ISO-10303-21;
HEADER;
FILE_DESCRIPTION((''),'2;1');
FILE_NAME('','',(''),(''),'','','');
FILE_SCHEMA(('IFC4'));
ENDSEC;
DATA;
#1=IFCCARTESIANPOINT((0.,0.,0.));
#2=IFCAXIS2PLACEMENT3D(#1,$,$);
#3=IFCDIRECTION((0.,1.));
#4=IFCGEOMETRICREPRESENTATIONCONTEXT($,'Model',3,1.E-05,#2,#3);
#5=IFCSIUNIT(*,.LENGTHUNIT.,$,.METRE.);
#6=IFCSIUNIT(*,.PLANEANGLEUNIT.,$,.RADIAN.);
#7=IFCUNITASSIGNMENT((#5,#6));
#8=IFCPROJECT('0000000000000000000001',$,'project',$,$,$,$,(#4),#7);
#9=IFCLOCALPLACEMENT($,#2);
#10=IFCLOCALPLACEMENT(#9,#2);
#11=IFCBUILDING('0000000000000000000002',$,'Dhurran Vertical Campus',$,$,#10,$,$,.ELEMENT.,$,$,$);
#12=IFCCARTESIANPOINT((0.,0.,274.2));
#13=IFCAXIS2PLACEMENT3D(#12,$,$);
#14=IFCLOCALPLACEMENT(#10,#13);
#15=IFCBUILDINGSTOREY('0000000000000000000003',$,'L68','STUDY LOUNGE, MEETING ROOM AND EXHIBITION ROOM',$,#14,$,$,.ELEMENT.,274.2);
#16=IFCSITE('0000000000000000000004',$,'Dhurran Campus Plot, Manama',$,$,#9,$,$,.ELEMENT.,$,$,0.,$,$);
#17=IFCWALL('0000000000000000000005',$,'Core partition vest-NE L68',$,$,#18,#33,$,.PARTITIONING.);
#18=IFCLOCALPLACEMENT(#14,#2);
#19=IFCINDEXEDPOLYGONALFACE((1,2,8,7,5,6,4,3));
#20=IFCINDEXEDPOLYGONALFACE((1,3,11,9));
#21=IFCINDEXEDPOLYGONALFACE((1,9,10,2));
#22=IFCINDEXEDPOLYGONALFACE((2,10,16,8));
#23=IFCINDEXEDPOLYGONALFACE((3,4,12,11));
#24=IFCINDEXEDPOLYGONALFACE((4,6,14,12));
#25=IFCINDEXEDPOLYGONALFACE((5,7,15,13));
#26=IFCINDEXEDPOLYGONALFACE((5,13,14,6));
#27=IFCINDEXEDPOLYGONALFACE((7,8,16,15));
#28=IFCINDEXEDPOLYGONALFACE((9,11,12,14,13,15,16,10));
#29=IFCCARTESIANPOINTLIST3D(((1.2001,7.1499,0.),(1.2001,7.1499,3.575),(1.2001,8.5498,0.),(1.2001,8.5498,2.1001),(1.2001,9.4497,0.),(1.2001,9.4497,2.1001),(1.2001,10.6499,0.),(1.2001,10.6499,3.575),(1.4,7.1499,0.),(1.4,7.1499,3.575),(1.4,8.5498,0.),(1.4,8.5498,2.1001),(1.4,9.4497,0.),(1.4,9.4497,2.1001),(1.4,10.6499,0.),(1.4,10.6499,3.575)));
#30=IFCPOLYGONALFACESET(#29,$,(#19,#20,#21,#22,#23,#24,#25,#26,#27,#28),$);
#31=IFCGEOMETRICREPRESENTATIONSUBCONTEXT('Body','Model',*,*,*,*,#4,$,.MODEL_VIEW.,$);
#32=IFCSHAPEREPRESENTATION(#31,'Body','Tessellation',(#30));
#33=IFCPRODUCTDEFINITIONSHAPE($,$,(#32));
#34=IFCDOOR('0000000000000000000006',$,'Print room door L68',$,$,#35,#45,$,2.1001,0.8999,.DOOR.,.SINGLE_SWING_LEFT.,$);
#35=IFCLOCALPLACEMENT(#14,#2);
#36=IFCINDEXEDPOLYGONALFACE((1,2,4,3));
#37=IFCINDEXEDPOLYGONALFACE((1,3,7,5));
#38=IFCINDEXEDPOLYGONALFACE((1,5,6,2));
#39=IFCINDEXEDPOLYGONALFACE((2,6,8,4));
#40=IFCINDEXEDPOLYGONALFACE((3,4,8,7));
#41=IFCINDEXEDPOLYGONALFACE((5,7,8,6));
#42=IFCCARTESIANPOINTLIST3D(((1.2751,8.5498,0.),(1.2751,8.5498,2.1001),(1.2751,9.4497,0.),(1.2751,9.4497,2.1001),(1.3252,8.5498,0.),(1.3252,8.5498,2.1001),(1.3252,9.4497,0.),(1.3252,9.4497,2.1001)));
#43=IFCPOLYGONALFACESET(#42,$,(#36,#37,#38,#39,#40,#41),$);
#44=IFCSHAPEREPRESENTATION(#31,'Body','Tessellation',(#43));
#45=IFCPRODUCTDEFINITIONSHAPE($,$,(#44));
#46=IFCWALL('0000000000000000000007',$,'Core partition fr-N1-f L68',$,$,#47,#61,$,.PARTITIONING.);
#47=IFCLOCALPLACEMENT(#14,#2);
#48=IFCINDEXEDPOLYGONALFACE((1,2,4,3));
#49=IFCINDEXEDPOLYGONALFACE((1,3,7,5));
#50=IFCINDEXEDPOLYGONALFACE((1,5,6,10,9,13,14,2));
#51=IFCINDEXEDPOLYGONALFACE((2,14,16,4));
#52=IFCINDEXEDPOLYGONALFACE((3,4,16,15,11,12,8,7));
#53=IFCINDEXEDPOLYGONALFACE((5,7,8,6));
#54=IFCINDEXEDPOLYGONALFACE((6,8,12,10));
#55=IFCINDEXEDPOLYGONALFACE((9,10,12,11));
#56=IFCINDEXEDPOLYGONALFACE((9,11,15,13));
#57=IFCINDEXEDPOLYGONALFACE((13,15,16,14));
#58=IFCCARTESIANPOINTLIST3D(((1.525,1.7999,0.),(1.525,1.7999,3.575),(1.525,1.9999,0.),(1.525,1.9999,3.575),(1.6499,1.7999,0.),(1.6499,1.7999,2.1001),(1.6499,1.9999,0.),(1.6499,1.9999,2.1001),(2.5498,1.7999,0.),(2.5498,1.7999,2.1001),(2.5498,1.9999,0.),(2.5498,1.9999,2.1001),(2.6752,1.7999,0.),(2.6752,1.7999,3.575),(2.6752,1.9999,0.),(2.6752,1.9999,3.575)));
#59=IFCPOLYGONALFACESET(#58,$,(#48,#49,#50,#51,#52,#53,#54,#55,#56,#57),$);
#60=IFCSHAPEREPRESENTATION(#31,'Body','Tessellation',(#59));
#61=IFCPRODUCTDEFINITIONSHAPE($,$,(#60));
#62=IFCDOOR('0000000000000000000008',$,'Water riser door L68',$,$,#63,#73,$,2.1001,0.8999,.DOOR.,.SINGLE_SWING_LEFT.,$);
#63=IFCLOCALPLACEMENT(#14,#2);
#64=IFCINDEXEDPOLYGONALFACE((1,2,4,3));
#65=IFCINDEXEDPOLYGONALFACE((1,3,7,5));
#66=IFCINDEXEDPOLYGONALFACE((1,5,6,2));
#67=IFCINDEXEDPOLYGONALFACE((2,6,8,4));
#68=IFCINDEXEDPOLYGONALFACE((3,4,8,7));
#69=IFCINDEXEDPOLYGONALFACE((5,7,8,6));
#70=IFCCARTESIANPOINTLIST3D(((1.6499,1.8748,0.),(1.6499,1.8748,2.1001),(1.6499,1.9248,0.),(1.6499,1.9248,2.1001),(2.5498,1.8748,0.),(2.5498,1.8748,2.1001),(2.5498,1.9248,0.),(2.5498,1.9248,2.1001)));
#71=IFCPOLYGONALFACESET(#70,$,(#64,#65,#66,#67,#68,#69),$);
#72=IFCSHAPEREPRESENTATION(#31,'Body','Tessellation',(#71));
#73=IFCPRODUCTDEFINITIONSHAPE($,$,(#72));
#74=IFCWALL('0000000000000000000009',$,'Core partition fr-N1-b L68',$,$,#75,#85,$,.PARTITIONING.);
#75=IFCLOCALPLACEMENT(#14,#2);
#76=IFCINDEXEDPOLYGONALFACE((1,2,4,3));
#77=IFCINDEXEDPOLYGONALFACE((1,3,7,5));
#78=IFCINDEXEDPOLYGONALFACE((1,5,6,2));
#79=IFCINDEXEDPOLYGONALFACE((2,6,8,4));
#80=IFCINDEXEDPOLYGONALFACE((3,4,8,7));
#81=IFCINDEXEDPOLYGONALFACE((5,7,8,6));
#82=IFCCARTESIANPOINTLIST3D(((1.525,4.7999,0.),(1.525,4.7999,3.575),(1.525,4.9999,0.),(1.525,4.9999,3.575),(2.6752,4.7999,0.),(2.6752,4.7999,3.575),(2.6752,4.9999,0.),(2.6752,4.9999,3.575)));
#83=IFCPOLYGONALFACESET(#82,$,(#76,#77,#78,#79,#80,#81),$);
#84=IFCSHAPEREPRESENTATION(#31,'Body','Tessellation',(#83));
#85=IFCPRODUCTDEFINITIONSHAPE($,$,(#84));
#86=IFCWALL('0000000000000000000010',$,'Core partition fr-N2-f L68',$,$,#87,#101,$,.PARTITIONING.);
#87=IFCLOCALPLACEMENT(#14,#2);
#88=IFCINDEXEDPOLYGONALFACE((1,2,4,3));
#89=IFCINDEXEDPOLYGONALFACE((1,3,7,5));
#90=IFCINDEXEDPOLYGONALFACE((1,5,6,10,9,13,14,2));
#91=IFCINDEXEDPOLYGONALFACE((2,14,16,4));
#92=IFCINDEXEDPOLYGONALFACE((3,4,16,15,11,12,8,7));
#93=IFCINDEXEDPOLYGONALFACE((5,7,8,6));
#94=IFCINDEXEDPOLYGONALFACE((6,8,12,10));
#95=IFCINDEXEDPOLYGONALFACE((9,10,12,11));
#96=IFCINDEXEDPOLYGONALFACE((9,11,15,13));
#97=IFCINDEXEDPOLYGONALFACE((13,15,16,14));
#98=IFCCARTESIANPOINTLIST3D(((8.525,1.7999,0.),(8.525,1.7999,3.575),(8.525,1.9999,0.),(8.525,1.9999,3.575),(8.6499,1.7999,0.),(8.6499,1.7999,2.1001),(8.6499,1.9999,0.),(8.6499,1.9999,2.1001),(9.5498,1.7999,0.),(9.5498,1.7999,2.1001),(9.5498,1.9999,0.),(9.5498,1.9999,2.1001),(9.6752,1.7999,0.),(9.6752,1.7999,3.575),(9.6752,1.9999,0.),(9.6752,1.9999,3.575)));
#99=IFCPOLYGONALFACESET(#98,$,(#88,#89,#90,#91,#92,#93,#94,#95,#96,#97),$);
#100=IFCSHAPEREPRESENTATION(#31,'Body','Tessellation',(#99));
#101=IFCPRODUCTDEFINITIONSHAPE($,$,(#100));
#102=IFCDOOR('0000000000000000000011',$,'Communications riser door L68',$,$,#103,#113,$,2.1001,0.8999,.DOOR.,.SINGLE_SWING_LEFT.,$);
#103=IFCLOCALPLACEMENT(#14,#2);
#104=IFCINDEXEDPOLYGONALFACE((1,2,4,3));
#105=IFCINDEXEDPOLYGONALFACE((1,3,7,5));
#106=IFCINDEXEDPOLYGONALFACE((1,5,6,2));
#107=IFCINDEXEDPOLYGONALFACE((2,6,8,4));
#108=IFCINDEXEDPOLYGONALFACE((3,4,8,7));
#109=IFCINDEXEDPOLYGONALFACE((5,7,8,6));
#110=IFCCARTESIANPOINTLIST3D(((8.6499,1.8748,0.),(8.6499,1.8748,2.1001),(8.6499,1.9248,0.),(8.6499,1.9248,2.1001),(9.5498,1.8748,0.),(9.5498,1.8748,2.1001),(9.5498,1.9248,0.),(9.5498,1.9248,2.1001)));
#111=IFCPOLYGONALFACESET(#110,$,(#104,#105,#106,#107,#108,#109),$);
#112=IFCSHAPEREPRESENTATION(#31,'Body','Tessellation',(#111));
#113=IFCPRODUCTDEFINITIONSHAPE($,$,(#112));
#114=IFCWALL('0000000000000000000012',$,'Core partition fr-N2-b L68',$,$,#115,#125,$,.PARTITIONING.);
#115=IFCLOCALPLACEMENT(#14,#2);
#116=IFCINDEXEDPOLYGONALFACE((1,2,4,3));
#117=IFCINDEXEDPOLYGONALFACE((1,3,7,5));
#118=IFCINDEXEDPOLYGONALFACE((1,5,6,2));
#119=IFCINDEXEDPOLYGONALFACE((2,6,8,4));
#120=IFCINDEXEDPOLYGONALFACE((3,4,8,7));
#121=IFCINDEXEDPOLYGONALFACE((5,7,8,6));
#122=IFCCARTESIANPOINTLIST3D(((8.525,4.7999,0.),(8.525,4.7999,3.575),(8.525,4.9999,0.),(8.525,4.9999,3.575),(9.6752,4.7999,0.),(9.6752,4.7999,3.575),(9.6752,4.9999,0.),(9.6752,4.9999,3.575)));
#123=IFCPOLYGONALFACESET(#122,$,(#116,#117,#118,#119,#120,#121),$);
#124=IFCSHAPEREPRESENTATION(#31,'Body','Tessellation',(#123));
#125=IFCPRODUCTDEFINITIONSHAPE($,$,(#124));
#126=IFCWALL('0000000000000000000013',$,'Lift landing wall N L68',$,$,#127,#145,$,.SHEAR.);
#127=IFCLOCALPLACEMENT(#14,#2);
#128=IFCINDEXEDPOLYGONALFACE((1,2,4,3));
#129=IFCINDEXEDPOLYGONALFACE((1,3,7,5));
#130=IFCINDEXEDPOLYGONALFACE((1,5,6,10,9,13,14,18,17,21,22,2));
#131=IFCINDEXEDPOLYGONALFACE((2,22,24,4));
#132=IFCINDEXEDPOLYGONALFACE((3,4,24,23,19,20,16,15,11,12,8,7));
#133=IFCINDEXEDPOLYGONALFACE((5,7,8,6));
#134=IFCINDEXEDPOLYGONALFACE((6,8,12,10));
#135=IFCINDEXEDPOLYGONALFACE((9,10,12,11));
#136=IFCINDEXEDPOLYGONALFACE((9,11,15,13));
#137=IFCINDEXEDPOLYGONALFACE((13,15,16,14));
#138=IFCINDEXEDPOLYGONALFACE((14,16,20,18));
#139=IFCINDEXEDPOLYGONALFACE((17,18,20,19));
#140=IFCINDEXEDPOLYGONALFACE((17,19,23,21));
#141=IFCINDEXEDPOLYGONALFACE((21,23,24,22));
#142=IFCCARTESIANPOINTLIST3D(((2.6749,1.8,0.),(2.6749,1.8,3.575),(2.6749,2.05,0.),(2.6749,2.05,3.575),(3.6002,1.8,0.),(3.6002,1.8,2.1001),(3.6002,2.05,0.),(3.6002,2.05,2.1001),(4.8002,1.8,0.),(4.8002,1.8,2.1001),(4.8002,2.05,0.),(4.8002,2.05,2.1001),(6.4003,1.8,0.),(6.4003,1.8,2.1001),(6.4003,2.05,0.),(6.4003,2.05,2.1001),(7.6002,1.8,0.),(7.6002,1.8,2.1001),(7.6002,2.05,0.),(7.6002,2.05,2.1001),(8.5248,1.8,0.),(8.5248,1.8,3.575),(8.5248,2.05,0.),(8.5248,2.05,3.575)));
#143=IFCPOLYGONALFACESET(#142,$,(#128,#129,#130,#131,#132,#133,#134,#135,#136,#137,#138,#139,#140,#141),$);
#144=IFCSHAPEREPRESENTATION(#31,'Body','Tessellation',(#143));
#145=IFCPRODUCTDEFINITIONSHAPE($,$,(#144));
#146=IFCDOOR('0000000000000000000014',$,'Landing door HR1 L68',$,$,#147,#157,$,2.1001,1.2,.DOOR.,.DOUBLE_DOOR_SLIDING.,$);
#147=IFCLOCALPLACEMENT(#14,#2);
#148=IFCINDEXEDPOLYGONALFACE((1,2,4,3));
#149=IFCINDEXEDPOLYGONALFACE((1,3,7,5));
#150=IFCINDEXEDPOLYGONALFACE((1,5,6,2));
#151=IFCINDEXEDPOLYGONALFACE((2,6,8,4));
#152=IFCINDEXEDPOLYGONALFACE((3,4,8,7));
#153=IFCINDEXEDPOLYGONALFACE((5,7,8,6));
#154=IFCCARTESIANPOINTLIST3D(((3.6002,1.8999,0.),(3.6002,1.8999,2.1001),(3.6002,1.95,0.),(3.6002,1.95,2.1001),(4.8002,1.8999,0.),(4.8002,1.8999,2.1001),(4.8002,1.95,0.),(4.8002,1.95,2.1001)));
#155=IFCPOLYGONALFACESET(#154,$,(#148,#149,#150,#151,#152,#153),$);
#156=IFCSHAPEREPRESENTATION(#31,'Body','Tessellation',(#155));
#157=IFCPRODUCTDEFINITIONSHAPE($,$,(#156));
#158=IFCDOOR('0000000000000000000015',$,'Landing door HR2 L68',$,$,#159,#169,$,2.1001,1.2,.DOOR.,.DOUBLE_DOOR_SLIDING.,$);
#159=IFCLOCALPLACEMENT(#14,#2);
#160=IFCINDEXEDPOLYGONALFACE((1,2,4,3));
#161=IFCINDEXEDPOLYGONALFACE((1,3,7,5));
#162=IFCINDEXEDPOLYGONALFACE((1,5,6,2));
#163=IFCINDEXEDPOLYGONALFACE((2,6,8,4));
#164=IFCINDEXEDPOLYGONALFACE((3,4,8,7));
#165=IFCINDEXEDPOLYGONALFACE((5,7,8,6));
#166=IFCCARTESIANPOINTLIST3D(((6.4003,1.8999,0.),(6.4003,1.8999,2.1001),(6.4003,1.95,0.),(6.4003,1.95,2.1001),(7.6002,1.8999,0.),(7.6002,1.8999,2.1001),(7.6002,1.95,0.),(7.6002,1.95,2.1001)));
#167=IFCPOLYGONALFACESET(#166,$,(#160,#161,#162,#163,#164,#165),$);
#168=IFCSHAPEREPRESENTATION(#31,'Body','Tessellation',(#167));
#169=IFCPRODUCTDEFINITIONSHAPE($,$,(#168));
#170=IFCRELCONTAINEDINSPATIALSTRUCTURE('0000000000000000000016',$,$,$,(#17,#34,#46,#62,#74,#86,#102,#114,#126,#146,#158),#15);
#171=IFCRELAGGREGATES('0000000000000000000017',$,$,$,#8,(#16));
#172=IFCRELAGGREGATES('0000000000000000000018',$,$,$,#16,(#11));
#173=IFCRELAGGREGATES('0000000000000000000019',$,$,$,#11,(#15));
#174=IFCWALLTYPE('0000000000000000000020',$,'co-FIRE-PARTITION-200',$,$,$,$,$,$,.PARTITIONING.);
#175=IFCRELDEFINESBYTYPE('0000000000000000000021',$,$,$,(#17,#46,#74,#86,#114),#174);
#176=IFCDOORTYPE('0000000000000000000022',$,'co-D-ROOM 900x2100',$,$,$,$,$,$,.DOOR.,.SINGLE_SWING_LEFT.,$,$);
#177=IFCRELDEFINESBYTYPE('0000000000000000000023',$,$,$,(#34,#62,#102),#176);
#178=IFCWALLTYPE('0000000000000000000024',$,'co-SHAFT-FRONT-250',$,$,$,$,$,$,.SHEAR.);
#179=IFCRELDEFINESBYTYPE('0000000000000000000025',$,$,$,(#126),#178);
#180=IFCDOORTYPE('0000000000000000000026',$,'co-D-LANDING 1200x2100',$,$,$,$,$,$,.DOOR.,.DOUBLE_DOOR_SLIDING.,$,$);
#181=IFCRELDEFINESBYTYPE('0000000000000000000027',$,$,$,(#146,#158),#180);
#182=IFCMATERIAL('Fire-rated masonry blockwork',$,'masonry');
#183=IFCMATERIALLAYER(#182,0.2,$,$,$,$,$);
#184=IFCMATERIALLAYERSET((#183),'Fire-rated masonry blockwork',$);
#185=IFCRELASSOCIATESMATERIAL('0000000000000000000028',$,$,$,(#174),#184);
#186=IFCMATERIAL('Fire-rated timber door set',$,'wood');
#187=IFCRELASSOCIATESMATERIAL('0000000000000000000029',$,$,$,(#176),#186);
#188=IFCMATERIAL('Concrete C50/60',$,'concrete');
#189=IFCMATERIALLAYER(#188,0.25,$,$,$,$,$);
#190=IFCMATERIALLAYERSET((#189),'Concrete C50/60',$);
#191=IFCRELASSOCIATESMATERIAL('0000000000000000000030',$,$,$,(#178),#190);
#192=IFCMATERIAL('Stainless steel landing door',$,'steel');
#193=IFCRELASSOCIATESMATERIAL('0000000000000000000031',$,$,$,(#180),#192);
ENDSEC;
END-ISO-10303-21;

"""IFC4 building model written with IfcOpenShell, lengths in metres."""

from ifc_helpers import new_model, si_unit, direction, frame, frame_2d, origin, place, context, subcontext, project, spatial, rectangle, extrude, material, layer, layer_set, type_object, element, fill, save


model = new_model("IFC4")

# Units and contexts
model_context = context("Model", 3, precision=1e-05, world=origin(), true_north=direction((0.0, 1.0)))
body_context = subcontext(model_context, "Body", "Model", "MODEL_VIEW")
ifc_project = project(units=[si_unit("LENGTHUNIT", "METRE"), si_unit("PLANEANGLEUNIT", "RADIAN")], contexts=[model_context])

# Site, building, storey
site_placement = place(None, origin())
site = spatial("IfcSite", under=ifc_project, at=site_placement, Name="Dhurran Campus Plot, Manama", CompositionType="ELEMENT", RefElevation=0.0)
building_placement = place(site_placement, origin())
building = spatial("IfcBuilding", under=site, at=building_placement, Name="Dhurran Vertical Campus", CompositionType="ELEMENT")
storey_placement = place(building_placement, frame((0.0, 0.0, 274.2)))
storey = spatial("IfcBuildingStorey", under=building, at=storey_placement, Name="L68", Description="STUDY LOUNGE, MEETING ROOM AND EXHIBITION ROOM", CompositionType="ELEMENT", Elevation=274.2)

# Walls, openings, doors
ifc_material_1 = material(Name="Fire-rated masonry blockwork", Category="masonry")
ifc_layer_1 = layer(ifc_material_1, 0.2)
ifc_layer_set_1 = layer_set([ifc_layer_1], Name="Fire-rated masonry blockwork")
wall_type_1 = type_object("IfcWallType", Name="co-FIRE-PARTITION-200", PredefinedType="PARTITIONING", material=ifc_layer_set_1)
wall_1_placement = place(storey_placement, frame((1.3, 7.1499, 0.0), z_axis=(0.0, 0.0, 1.0), x_axis=(0.0, 1.0, 0.0)))
wall_1 = element("IfcWall", 1, at=wall_1_placement, inside=storey, type_object=wall_type_1, Name="Core partition vest-NE L68", PredefinedType="PARTITIONING", context=body_context, shape_type="SweptSolid", body=[
    extrude(rectangle(XDim=3.5, YDim=0.2, at=frame_2d((1.75, 0.0))), origin(), (0.0, 0.0, 1.0), 3.575),
])
opening_1_placement = place(wall_1_placement, frame((1.3999, 0.0, 0.0)))
opening_1 = element("IfcOpeningElement", 2, at=opening_1_placement, cuts=wall_1, PredefinedType="OPENING", context=body_context, shape_type="SweptSolid", body=[
    extrude(rectangle(XDim=0.8999, YDim=2.1001, at=frame_2d((0.45, 1.05))), frame((0.0, 0.1099, 0.0), z_axis=(0.0, -1.0, 0.0), x_axis=(1.0, 0.0, 0.0)), (0.0, 0.0, 1.0), 0.22),
])
ifc_material_2 = material(Name="Fire-rated timber door set", Category="wood")
door_type_1 = type_object("IfcDoorType", Name="co-D-ROOM 900x2100", OperationType="SINGLE_SWING_LEFT", PredefinedType="DOOR", material=ifc_material_2)
door_1_placement = place(opening_1_placement, origin())
door_1 = element("IfcDoor", 3, at=door_1_placement, inside=storey, type_object=door_type_1, Name="Print room door L68", OperationType="SINGLE_SWING_LEFT", OverallHeight=2.1001, OverallWidth=0.8999, PredefinedType="DOOR", context=body_context, shape_type="SweptSolid", body=[
    extrude(rectangle(XDim=0.8999, YDim=2.1001, at=frame_2d((0.45, 1.05))), frame((0.0, 0.0249, 0.0), z_axis=(0.0, -1.0, 0.0), x_axis=(1.0, 0.0, 0.0)), (0.0, 0.0, 1.0), 0.05),
])
fill(opening_1, door_1)
wall_2_placement = place(storey_placement, frame((1.5249, 1.8999, 0.0), z_axis=(0.0, 0.0, 1.0), x_axis=(1.0, 0.0, 0.0)))
wall_2 = element("IfcWall", 4, at=wall_2_placement, inside=storey, type_object=wall_type_1, Name="Core partition fr-N1-f L68", PredefinedType="PARTITIONING", context=body_context, shape_type="SweptSolid", body=[
    extrude(rectangle(XDim=1.1501, YDim=0.2, at=frame_2d((0.5752, 0.0))), origin(), (0.0, 0.0, 1.0), 3.575),
])
opening_2_placement = place(wall_2_placement, frame((0.125, 0.0, 0.0)))
opening_2 = element("IfcOpeningElement", 5, at=opening_2_placement, cuts=wall_2, PredefinedType="OPENING", context=body_context, shape_type="SweptSolid", body=[
    extrude(rectangle(XDim=0.8999, YDim=2.1001, at=frame_2d((0.45, 1.05))), frame((0.0, 0.1099, 0.0), z_axis=(0.0, -1.0, 0.0), x_axis=(1.0, 0.0, 0.0)), (0.0, 0.0, 1.0), 0.22),
])
door_2_placement = place(opening_2_placement, origin())
door_2 = element("IfcDoor", 6, at=door_2_placement, inside=storey, type_object=door_type_1, Name="Water riser door L68", OperationType="SINGLE_SWING_LEFT", OverallHeight=2.1001, OverallWidth=0.8999, PredefinedType="DOOR", context=body_context, shape_type="SweptSolid", body=[
    extrude(rectangle(XDim=0.8999, YDim=2.1001, at=frame_2d((0.45, 1.05))), frame((0.0, 0.0249, 0.0), z_axis=(0.0, -1.0, 0.0), x_axis=(1.0, 0.0, 0.0)), (0.0, 0.0, 1.0), 0.05),
])
fill(opening_2, door_2)

# Wall
wall_3_placement = place(storey_placement, frame((1.5249, 4.8999, 0.0), z_axis=(0.0, 0.0, 1.0), x_axis=(1.0, 0.0, 0.0)))
element("IfcWall", 7, at=wall_3_placement, inside=storey, type_object=wall_type_1, Name="Core partition fr-N1-b L68", PredefinedType="PARTITIONING", context=body_context, shape_type="SweptSolid", body=[
    extrude(rectangle(XDim=1.1501, YDim=0.2, at=frame_2d((0.5752, 0.0))), origin(), (0.0, 0.0, 1.0), 3.575),
])

# Wall, opening, door
wall_4_placement = place(storey_placement, frame((8.5249, 1.8999, 0.0), z_axis=(0.0, 0.0, 1.0), x_axis=(1.0, 0.0, 0.0)))
wall_4 = element("IfcWall", 8, at=wall_4_placement, inside=storey, type_object=wall_type_1, Name="Core partition fr-N2-f L68", PredefinedType="PARTITIONING", context=body_context, shape_type="SweptSolid", body=[
    extrude(rectangle(XDim=1.1501, YDim=0.2, at=frame_2d((0.5752, 0.0))), origin(), (0.0, 0.0, 1.0), 3.575),
])
opening_3_placement = place(wall_4_placement, frame((0.125, 0.0, 0.0)))
opening_3 = element("IfcOpeningElement", 9, at=opening_3_placement, cuts=wall_4, PredefinedType="OPENING", context=body_context, shape_type="SweptSolid", body=[
    extrude(rectangle(XDim=0.8999, YDim=2.1001, at=frame_2d((0.45, 1.05))), frame((0.0, 0.1099, 0.0), z_axis=(0.0, -1.0, 0.0), x_axis=(1.0, 0.0, 0.0)), (0.0, 0.0, 1.0), 0.22),
])
door_3_placement = place(opening_3_placement, origin())
door_3 = element("IfcDoor", 10, at=door_3_placement, inside=storey, type_object=door_type_1, Name="Communications riser door L68", OperationType="SINGLE_SWING_LEFT", OverallHeight=2.1001, OverallWidth=0.8999, PredefinedType="DOOR", context=body_context, shape_type="SweptSolid", body=[
    extrude(rectangle(XDim=0.8999, YDim=2.1001, at=frame_2d((0.45, 1.05))), frame((0.0, 0.0249, 0.0), z_axis=(0.0, -1.0, 0.0), x_axis=(1.0, 0.0, 0.0)), (0.0, 0.0, 1.0), 0.05),
])
fill(opening_3, door_3)

# Wall
wall_5_placement = place(storey_placement, frame((8.5249, 4.8999, 0.0), z_axis=(0.0, 0.0, 1.0), x_axis=(1.0, 0.0, 0.0)))
element("IfcWall", 11, at=wall_5_placement, inside=storey, type_object=wall_type_1, Name="Core partition fr-N2-b L68", PredefinedType="PARTITIONING", context=body_context, shape_type="SweptSolid", body=[
    extrude(rectangle(XDim=1.1501, YDim=0.2, at=frame_2d((0.5752, 0.0))), origin(), (0.0, 0.0, 1.0), 3.575),
])

# Wall, openings, doors
ifc_material_3 = material(Name="Concrete C50/60", Category="concrete")
ifc_layer_2 = layer(ifc_material_3, 0.25)
ifc_layer_set_2 = layer_set([ifc_layer_2], Name="Concrete C50/60")
wall_type_2 = type_object("IfcWallType", Name="co-SHAFT-FRONT-250", PredefinedType="SHEAR", material=ifc_layer_set_2)
wall_6_placement = place(storey_placement, frame((2.675, 1.925, 0.0), z_axis=(0.0, 0.0, 1.0), x_axis=(1.0, 0.0, 0.0)))
wall_6 = element("IfcWall", 12, at=wall_6_placement, inside=storey, type_object=wall_type_2, Name="Lift landing wall N L68", PredefinedType="SHEAR", context=body_context, shape_type="SweptSolid", body=[
    extrude(rectangle(XDim=5.8499, YDim=0.25, at=frame_2d((2.9248, 0.0))), origin(), (0.0, 0.0, 1.0), 3.575),
])
opening_4_placement = place(wall_6_placement, frame((0.925, 0.0, 0.0)))
opening_4 = element("IfcOpeningElement", 13, at=opening_4_placement, cuts=wall_6, PredefinedType="OPENING", context=body_context, shape_type="SweptSolid", body=[
    extrude(rectangle(XDim=1.2, YDim=2.1001, at=frame_2d((0.6001, 1.05))), frame((0.0, 0.135, 0.0), z_axis=(0.0, -1.0, 0.0), x_axis=(1.0, 0.0, 0.0)), (0.0, 0.0, 1.0), 0.27),
])
opening_5_placement = place(wall_6_placement, frame((3.7251, 0.0, 0.0)))
opening_5 = element("IfcOpeningElement", 14, at=opening_5_placement, cuts=wall_6, PredefinedType="OPENING", context=body_context, shape_type="SweptSolid", body=[
    extrude(rectangle(XDim=1.2, YDim=2.1001, at=frame_2d((0.6001, 1.05))), frame((0.0, 0.135, 0.0), z_axis=(0.0, -1.0, 0.0), x_axis=(1.0, 0.0, 0.0)), (0.0, 0.0, 1.0), 0.27),
])
ifc_material_4 = material(Name="Stainless steel landing door", Category="steel")
door_type_2 = type_object("IfcDoorType", Name="co-D-LANDING 1200x2100", OperationType="DOUBLE_DOOR_SLIDING", PredefinedType="DOOR", material=ifc_material_4)
door_4_placement = place(opening_4_placement, origin())
door_4 = element("IfcDoor", 15, at=door_4_placement, inside=storey, type_object=door_type_2, Name="Landing door HR1 L68", OperationType="DOUBLE_DOOR_SLIDING", OverallHeight=2.1001, OverallWidth=1.2, PredefinedType="DOOR", context=body_context, shape_type="SweptSolid", body=[
    extrude(rectangle(XDim=1.2, YDim=2.1001, at=frame_2d((0.6001, 1.05))), frame((0.0, 0.0249, 0.0), z_axis=(0.0, -1.0, 0.0), x_axis=(1.0, 0.0, 0.0)), (0.0, 0.0, 1.0), 0.05),
])
fill(opening_4, door_4)
door_5_placement = place(opening_5_placement, origin())
door_5 = element("IfcDoor", 16, at=door_5_placement, inside=storey, type_object=door_type_2, Name="Landing door HR2 L68", OperationType="DOUBLE_DOOR_SLIDING", OverallHeight=2.1001, OverallWidth=1.2, PredefinedType="DOOR", context=body_context, shape_type="SweptSolid", body=[
    extrude(rectangle(XDim=1.2, YDim=2.1001, at=frame_2d((0.6001, 1.05))), frame((0.0, 0.0249, 0.0), z_axis=(0.0, -1.0, 0.0), x_axis=(1.0, 0.0, 0.0)), (0.0, 0.0, 1.0), 0.05),
])
fill(opening_5, door_5)

save(model, "model.ifc")
